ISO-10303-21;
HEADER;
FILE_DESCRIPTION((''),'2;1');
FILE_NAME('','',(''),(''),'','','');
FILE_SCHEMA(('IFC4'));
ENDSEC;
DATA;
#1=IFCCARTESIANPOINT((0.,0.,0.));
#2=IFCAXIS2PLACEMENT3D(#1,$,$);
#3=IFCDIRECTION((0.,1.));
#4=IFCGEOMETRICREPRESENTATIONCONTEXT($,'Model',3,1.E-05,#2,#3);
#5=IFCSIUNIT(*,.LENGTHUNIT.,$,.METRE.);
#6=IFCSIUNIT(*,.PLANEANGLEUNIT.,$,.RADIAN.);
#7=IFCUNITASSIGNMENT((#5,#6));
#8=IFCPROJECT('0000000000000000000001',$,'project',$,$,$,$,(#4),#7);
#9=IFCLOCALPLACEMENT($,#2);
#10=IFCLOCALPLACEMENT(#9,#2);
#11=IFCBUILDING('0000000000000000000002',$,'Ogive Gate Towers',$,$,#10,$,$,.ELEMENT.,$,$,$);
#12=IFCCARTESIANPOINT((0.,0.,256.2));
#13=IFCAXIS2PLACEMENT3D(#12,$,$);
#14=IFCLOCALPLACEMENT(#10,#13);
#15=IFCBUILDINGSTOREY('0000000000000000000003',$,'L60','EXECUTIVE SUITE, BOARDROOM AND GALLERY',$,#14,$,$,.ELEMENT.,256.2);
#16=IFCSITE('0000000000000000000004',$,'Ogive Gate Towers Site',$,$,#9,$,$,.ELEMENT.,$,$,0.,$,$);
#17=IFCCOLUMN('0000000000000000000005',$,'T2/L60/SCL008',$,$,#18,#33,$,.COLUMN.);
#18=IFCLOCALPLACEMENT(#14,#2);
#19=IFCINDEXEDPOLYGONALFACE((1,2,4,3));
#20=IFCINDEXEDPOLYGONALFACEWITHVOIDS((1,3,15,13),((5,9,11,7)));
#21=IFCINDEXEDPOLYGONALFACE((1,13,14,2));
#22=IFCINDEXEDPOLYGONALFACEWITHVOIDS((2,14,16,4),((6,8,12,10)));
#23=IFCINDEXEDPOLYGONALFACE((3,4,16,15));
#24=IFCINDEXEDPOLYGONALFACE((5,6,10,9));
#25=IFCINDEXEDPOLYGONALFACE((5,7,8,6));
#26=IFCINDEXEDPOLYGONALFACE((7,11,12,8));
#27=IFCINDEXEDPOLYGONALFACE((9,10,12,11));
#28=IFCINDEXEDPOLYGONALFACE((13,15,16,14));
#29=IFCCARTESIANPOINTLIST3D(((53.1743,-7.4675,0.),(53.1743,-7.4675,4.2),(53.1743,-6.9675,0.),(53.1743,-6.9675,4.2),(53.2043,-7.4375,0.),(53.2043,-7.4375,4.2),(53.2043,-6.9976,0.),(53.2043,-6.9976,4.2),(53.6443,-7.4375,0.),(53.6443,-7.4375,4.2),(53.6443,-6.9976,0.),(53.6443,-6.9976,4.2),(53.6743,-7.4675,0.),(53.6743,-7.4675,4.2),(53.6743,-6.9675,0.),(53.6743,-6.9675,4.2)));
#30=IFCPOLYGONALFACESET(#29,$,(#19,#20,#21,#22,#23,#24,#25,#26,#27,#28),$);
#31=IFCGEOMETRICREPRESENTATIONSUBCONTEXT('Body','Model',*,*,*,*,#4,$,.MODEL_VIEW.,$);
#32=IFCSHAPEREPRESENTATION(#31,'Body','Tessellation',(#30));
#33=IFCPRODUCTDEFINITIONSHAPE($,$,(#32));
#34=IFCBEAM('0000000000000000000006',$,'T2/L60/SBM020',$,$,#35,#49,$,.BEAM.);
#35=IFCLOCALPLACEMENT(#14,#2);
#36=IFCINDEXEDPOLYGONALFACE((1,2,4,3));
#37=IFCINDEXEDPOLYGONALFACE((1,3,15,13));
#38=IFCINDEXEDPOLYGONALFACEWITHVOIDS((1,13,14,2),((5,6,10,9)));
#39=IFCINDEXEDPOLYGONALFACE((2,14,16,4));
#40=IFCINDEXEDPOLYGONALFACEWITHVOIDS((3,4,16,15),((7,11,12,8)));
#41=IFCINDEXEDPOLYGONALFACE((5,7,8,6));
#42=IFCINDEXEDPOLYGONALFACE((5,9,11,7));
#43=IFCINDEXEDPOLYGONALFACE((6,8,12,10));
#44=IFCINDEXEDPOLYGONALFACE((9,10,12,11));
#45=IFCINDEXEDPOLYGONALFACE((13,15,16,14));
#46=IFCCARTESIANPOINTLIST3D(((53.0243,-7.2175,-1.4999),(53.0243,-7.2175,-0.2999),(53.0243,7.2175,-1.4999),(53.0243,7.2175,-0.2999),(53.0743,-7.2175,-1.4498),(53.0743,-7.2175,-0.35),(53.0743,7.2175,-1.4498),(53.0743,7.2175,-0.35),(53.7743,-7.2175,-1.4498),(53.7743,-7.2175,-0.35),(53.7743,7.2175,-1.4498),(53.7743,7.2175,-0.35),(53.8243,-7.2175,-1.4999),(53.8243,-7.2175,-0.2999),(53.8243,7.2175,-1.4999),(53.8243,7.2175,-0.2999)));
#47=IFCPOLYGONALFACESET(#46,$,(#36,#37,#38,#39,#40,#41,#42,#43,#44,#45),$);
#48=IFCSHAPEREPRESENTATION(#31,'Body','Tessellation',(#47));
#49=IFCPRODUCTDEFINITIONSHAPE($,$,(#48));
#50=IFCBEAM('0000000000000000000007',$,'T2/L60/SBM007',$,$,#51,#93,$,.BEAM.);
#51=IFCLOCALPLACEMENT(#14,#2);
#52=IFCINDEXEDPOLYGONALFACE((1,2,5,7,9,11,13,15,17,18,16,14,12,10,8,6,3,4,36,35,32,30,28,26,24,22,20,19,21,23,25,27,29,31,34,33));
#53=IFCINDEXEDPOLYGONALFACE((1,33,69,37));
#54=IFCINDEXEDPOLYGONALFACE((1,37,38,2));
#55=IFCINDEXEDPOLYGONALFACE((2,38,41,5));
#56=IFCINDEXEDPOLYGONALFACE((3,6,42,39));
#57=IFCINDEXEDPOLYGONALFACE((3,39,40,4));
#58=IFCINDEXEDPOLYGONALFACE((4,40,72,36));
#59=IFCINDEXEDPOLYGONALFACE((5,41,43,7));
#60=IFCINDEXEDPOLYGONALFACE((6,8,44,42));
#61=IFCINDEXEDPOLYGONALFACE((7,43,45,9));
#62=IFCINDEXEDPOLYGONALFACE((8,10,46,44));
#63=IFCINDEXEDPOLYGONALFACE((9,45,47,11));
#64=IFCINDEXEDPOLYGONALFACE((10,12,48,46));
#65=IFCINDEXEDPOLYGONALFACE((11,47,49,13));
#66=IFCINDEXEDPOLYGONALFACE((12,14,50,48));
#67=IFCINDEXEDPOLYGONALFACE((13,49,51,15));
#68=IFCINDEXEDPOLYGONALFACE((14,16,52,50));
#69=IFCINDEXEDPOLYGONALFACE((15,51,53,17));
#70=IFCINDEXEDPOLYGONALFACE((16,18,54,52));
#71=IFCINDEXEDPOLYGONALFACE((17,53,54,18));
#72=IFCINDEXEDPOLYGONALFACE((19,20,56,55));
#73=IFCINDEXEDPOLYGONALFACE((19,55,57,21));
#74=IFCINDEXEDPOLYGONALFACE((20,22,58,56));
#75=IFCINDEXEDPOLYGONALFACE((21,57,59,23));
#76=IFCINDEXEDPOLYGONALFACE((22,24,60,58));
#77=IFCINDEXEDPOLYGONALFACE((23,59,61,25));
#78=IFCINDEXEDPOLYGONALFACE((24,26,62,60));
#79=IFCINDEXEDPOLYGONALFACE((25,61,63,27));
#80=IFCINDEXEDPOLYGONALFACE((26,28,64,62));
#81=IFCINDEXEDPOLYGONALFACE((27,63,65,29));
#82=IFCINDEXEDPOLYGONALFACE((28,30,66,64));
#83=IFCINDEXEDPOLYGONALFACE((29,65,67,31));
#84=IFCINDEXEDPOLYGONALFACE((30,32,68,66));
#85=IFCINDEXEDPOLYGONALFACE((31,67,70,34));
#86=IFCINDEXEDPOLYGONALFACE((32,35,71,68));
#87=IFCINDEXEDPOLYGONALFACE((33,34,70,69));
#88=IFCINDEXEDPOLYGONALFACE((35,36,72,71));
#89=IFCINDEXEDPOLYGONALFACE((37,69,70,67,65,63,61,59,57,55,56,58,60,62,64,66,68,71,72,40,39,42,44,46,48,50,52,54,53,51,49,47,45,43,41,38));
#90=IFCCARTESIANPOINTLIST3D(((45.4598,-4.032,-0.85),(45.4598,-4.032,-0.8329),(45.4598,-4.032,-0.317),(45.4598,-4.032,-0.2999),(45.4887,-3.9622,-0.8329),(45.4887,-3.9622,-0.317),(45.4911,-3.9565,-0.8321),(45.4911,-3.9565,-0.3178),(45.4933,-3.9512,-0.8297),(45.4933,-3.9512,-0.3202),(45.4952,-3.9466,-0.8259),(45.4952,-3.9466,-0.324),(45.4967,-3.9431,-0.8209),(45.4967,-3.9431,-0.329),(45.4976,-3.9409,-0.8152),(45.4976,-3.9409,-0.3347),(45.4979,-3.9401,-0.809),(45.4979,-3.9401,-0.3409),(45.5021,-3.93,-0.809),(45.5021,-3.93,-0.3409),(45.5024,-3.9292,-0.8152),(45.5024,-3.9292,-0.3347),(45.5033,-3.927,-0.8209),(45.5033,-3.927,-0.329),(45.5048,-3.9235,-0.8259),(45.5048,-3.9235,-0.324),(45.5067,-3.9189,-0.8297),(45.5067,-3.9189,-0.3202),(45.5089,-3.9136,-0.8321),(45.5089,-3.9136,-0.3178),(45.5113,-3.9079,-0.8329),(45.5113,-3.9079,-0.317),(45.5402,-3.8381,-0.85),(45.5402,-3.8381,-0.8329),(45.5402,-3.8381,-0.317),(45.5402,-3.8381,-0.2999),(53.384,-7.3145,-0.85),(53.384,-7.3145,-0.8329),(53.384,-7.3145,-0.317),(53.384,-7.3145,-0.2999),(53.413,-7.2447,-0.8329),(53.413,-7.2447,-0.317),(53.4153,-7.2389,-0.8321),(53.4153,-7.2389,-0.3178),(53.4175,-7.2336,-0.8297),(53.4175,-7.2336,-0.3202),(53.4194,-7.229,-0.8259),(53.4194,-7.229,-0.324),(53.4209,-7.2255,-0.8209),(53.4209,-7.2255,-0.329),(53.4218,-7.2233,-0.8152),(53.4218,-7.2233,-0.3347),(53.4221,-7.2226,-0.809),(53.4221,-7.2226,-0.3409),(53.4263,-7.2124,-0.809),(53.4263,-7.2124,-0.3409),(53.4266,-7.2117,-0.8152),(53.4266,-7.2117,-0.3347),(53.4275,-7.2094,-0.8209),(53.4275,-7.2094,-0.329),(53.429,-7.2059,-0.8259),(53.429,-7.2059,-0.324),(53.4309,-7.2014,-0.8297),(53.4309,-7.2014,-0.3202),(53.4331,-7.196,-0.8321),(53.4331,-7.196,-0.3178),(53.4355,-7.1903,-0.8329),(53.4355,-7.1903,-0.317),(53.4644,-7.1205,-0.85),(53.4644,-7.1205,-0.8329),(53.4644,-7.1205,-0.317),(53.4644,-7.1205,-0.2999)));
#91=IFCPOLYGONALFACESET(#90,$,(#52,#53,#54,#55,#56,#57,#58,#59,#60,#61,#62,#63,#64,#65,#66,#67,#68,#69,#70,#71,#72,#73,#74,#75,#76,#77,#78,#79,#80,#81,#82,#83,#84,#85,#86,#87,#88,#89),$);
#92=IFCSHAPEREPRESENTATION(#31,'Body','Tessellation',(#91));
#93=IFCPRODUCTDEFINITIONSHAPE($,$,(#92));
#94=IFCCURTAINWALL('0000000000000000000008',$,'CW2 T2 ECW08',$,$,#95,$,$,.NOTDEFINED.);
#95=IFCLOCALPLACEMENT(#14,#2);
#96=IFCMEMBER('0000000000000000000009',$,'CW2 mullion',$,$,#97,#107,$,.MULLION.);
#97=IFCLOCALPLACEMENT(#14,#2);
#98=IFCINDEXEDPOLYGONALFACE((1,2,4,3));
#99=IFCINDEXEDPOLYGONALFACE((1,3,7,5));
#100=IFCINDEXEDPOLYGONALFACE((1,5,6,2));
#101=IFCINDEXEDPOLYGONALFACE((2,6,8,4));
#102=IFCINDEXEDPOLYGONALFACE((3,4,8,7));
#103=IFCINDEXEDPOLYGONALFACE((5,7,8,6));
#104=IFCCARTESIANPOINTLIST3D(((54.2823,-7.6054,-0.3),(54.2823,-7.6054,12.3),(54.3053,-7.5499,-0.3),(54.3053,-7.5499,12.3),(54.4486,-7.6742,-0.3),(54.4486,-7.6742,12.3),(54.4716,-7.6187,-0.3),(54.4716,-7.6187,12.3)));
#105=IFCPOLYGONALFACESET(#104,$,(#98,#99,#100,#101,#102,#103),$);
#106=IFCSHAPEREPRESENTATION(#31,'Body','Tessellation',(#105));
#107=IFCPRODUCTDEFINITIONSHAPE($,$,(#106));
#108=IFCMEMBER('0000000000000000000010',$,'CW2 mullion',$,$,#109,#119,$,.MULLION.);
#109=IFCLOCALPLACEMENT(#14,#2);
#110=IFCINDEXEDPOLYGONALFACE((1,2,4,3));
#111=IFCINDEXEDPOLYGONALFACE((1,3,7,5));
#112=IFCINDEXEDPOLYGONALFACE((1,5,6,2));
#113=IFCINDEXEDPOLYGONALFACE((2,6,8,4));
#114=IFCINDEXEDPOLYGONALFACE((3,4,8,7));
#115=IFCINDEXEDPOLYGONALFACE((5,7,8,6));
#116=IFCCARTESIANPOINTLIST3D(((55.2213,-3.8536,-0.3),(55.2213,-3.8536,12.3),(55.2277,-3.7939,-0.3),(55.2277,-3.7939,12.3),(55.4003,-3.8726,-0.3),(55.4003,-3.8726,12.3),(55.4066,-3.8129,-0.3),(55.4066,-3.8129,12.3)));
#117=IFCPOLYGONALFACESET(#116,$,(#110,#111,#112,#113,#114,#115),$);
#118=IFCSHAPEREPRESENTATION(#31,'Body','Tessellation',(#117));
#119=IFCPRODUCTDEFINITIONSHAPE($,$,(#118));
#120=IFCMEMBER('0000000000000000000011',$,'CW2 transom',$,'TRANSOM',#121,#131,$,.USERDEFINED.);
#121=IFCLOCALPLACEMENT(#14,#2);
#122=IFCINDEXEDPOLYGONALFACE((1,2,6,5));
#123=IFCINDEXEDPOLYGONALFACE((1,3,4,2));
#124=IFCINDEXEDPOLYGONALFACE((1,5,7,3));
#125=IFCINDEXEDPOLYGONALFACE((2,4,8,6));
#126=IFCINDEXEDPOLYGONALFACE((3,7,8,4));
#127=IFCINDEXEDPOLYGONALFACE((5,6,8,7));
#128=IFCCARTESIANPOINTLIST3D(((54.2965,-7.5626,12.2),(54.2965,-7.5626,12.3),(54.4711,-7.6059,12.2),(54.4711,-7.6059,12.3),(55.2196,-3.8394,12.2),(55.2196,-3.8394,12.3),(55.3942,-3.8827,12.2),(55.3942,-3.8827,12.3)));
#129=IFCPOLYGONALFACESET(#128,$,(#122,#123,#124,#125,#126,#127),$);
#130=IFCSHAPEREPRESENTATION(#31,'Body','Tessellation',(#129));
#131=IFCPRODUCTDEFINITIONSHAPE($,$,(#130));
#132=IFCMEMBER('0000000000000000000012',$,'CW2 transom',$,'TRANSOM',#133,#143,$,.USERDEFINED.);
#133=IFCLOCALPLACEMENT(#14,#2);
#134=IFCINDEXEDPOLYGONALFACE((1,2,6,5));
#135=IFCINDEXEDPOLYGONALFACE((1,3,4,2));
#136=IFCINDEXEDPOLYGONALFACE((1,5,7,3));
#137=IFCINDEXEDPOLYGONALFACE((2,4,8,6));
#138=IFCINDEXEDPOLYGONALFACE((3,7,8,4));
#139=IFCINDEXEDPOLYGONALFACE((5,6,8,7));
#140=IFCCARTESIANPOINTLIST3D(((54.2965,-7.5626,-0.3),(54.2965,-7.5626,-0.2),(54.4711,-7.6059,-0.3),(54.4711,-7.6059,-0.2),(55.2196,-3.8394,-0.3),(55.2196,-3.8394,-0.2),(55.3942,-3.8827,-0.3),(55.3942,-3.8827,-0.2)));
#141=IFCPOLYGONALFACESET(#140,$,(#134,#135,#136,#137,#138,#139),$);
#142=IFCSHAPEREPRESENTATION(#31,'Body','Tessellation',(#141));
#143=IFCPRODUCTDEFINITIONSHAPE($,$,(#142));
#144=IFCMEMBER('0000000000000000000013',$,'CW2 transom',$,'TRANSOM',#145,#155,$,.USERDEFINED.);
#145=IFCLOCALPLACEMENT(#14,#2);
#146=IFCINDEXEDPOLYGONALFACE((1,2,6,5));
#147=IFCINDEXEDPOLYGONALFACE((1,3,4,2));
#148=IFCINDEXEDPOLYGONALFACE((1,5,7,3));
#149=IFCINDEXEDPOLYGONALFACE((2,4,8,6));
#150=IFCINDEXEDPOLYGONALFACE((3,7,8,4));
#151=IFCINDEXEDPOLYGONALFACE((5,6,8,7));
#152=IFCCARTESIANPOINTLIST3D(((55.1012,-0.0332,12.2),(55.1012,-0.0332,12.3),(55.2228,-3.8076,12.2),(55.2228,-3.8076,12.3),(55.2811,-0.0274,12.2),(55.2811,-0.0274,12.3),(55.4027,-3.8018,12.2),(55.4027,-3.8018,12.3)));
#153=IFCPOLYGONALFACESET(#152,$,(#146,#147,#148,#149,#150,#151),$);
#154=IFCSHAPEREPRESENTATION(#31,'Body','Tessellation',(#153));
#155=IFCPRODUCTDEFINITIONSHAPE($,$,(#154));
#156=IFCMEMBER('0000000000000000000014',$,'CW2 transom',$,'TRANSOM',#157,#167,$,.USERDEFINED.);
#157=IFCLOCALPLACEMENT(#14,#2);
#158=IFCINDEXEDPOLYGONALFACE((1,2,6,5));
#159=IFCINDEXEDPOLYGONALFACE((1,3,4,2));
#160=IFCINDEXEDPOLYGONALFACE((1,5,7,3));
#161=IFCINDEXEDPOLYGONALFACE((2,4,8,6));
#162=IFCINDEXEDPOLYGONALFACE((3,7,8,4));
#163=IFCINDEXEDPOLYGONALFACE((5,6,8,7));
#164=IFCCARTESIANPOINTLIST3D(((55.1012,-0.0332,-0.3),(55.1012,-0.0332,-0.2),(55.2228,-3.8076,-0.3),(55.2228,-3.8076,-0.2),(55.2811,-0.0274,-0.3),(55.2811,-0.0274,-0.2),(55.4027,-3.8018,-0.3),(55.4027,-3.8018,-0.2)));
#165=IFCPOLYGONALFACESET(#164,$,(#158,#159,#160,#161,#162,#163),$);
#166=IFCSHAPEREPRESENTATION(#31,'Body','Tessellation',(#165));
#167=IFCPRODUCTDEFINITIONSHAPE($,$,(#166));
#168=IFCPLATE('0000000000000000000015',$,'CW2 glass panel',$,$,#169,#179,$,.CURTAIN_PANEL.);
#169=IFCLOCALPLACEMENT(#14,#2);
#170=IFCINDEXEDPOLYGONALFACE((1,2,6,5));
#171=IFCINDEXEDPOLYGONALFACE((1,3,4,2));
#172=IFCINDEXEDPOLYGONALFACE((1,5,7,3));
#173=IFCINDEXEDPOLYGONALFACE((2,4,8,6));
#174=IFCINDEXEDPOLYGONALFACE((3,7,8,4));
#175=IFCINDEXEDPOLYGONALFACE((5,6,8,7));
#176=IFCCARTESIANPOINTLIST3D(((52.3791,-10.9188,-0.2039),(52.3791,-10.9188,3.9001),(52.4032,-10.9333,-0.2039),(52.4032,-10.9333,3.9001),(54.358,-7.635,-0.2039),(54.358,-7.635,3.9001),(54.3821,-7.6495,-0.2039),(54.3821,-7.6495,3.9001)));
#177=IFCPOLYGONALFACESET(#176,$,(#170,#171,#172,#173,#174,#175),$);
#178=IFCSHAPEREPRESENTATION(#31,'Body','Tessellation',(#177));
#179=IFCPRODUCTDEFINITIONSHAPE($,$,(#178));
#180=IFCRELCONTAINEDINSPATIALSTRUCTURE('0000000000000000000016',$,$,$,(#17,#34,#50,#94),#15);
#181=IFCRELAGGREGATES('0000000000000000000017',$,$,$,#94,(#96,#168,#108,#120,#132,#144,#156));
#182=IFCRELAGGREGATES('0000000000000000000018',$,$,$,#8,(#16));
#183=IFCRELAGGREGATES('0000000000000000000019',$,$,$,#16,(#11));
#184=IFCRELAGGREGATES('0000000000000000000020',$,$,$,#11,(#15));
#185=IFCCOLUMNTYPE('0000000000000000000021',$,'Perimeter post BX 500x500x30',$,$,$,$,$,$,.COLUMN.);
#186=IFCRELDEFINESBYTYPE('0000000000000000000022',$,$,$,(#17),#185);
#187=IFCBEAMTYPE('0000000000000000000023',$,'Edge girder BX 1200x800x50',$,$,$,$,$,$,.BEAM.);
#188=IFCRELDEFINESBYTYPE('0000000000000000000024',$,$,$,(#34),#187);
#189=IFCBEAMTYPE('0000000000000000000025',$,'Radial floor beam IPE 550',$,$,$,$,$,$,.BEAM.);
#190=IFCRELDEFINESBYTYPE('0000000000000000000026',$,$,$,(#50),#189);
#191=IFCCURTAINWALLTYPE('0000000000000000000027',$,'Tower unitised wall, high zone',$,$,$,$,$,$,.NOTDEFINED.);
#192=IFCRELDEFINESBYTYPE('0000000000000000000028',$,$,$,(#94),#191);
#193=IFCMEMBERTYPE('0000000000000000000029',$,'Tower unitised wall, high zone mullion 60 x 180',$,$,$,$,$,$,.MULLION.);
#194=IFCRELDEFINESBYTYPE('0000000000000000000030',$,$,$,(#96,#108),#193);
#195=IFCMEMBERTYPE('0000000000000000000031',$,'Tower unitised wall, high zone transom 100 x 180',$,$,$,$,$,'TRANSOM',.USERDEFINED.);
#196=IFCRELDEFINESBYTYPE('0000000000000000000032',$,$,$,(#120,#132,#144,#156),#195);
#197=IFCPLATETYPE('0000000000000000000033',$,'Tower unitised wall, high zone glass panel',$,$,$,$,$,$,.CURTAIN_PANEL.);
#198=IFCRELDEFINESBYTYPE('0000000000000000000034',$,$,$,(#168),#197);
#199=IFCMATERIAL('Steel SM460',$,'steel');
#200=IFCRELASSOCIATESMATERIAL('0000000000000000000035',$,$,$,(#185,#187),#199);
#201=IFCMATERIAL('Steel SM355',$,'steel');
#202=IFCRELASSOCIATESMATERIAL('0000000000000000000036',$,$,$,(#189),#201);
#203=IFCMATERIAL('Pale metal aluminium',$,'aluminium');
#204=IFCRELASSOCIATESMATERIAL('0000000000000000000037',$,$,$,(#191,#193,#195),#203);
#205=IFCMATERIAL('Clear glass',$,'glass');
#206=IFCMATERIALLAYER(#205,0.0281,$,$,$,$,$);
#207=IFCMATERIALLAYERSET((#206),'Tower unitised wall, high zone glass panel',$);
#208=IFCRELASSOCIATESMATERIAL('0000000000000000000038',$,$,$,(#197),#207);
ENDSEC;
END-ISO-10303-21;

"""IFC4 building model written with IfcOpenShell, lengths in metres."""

from ifc_helpers import new_model, si_unit, direction, frame, origin, origin_2d, place, context, subcontext, project, spatial, rectangle, hollow_rectangle, i_section, extrude, material, layer, layer_set, material_profile, profile_set, type_object, element, aggregate, save


model = new_model("IFC4")

# Units and contexts
model_context = context("Model", 3, precision=1e-05, world=origin(), true_north=direction((0.0, 1.0)))
body_context = subcontext(model_context, "Body", "Model", "MODEL_VIEW")
ifc_project = project(units=[si_unit("LENGTHUNIT", "METRE"), si_unit("PLANEANGLEUNIT", "RADIAN")], contexts=[model_context])

# Site, building, storey
site_placement = place(None, origin())
site = spatial("IfcSite", under=ifc_project, at=site_placement, Name="Ogive Gate Towers Site", CompositionType="ELEMENT", RefElevation=0.0)
building_placement = place(site_placement, origin())
building = spatial("IfcBuilding", under=site, at=building_placement, Name="Ogive Gate Towers", CompositionType="ELEMENT")
storey_placement = place(building_placement, frame((0.0, 0.0, 256.2)))
storey = spatial("IfcBuildingStorey", under=building, at=storey_placement, Name="L60", Description="EXECUTIVE SUITE, BOARDROOM AND GALLERY", CompositionType="ELEMENT", Elevation=256.2)

# Column
ifc_material_1 = material(Name="Steel SM460", Category="steel")
ifc_material_profile_1 = material_profile(ifc_material_1, hollow_rectangle(XDim=0.5, YDim=0.5, WallThickness=0.03, at=origin_2d()), Name="BX 500x500x30")
ifc_profile_set_1 = profile_set([ifc_material_profile_1], Name="Steel SM460")
column_type = type_object("IfcColumnType", Name="Perimeter post BX 500x500x30", PredefinedType="COLUMN", material=ifc_profile_set_1)
column_placement = place(storey_placement, frame((53.4243, -7.2175, 0.0), z_axis=(0.0, 0.0, 1.0), x_axis=(1.0, 0.0, 0.0)))
element("IfcColumn", 1, at=column_placement, inside=storey, type_object=column_type, Name="T2/L60/SCL008", PredefinedType="COLUMN", context=body_context, shape_type="SweptSolid", body=[
    extrude(hollow_rectangle(XDim=0.5, YDim=0.5, WallThickness=0.03, at=origin_2d()), origin(), (0.0, 0.0, 1.0), 4.2),
])

# Beams
ifc_material_profile_2 = material_profile(ifc_material_1, hollow_rectangle(XDim=0.8, YDim=1.2, WallThickness=0.05, at=origin_2d()), Name="BX 1200x800x50")
ifc_profile_set_2 = profile_set([ifc_material_profile_2], Name="Steel SM460")
beam_type_1 = type_object("IfcBeamType", Name="Edge girder BX 1200x800x50", PredefinedType="BEAM", material=ifc_profile_set_2)
beam_1_placement = place(storey_placement, frame((53.4243, -7.2175, -0.8999), z_axis=(0.0, 1.0, 0.0), x_axis=(-1.0, 0.0, 0.0)))
element("IfcBeam", 2, at=beam_1_placement, inside=storey, type_object=beam_type_1, Name="T2/L60/SBM020", PredefinedType="BEAM", context=body_context, shape_type="SweptSolid", body=[
    extrude(hollow_rectangle(XDim=0.8, YDim=1.2, WallThickness=0.05, at=origin_2d()), origin(), (0.0, 0.0, 1.0), 14.4351),
])
ifc_material_2 = material(Name="Steel SM355", Category="steel")
ifc_material_profile_3 = material_profile(ifc_material_2, i_section(OverallWidth=0.21, OverallDepth=0.55, WebThickness=0.011, FlangeThickness=0.0171, FilletRadius=0.0239, at=origin_2d()), Name="IPE 550")
ifc_profile_set_3 = profile_set([ifc_material_profile_3], Name="Steel SM355")
beam_type_2 = type_object("IfcBeamType", Name="Radial floor beam IPE 550", PredefinedType="BEAM", material=ifc_profile_set_3)
beam_2_placement = place(storey_placement, frame((45.5, -3.9351, -0.575), z_axis=(0.923875, -0.382695, 0.0), x_axis=(0.382695, 0.923875, 0.0)))
element("IfcBeam", 3, at=beam_2_placement, inside=storey, type_object=beam_type_2, Name="T2/L60/SBM007", PredefinedType="BEAM", context=body_context, shape_type="SweptSolid", body=[
    extrude(i_section(OverallWidth=0.21, OverallDepth=0.55, WebThickness=0.011, FlangeThickness=0.0171, FilletRadius=0.0239, at=origin_2d()), origin(), (0.0, 0.0, 1.0), 8.5771),
])

# Curtain wall, members, plate
ifc_material_3 = material(Name="Pale metal aluminium", Category="aluminium")
curtain_wall_type = type_object("IfcCurtainWallType", Name="Tower unitised wall, high zone", PredefinedType="NOTDEFINED", material=ifc_material_3)
curtain_wall_placement = place(storey_placement, origin())
curtain_wall = element("IfcCurtainWall", 4, at=curtain_wall_placement, inside=storey, type_object=curtain_wall_type, Name="CW2 T2 ECW08", PredefinedType="NOTDEFINED")
ifc_material_profile_4 = material_profile(ifc_material_3, rectangle(XDim=0.1799, YDim=0.0601, at=origin_2d()), Name="60 x 180 aluminium box")
ifc_profile_set_4 = profile_set([ifc_material_profile_4], Name="Pale metal aluminium")
member_type_1 = type_object("IfcMemberType", Name="Tower unitised wall, high zone mullion 60 x 180", PredefinedType="MULLION", material=ifc_profile_set_4)
member_1_placement = place(storey_placement, frame((54.377, -7.6121, -0.3), z_axis=(0.0, 0.0, 1.0), x_axis=(0.92388, -0.382683, 0.0)))
member_1 = element("IfcMember", 5, at=member_1_placement, type_object=member_type_1, Name="CW2 mullion", PredefinedType="MULLION", context=body_context, shape_type="SweptSolid", body=[
    extrude(rectangle(XDim=0.1799, YDim=0.0601, at=origin_2d()), origin(), (0.0, 0.0, 1.0), 12.6001),
])
member_2_placement = place(storey_placement, frame((55.314, -3.8333, -0.3), z_axis=(0.0, 0.0, 1.0), x_axis=(0.994451, -0.105205, 0.0)))
member_2 = element("IfcMember", 6, at=member_2_placement, type_object=member_type_1, Name="CW2 mullion", PredefinedType="MULLION", context=body_context, shape_type="SweptSolid", body=[
    extrude(rectangle(XDim=0.1799, YDim=0.0601, at=origin_2d()), origin(), (0.0, 0.0, 1.0), 12.6001),
])
ifc_material_profile_5 = material_profile(ifc_material_3, rectangle(XDim=0.1799, YDim=0.1001, at=origin_2d()), Name="100 x 180 aluminium box")
ifc_profile_set_5 = profile_set([ifc_material_profile_5], Name="Pale metal aluminium")
member_type_2 = type_object("IfcMemberType", Name="Tower unitised wall, high zone transom 100 x 180", ElementType="TRANSOM", PredefinedType="USERDEFINED", material=ifc_profile_set_5)
member_3_placement = place(storey_placement, frame((54.3838, -7.5842, 12.25), z_axis=(0.240648, 0.970612, 0.0), x_axis=(-0.970612, 0.240648, 0.0)))
member_3 = element("IfcMember", 7, at=member_3_placement, type_object=member_type_2, Name="CW2 transom", ObjectType="TRANSOM", PredefinedType="USERDEFINED", context=body_context, shape_type="SweptSolid", body=[
    extrude(rectangle(XDim=0.1799, YDim=0.1001, at=origin_2d()), origin(), (0.0, 0.0, 1.0), 3.8359),
])
member_4_placement = place(storey_placement, frame((54.3838, -7.5842, -0.25), z_axis=(0.240648, 0.970612, 0.0), x_axis=(-0.970612, 0.240648, 0.0)))
member_4 = element("IfcMember", 8, at=member_4_placement, type_object=member_type_2, Name="CW2 transom", ObjectType="TRANSOM", PredefinedType="USERDEFINED", context=body_context, shape_type="SweptSolid", body=[
    extrude(rectangle(XDim=0.1799, YDim=0.1001, at=origin_2d()), origin(), (0.0, 0.0, 1.0), 3.8359),
])
member_5_placement = place(storey_placement, frame((55.3127, -3.8047, 12.25), z_axis=(-0.032195, 0.999482, 0.0), x_axis=(-0.999482, -0.032195, 0.0)))
member_5 = element("IfcMember", 9, at=member_5_placement, type_object=member_type_2, Name="CW2 transom", ObjectType="TRANSOM", PredefinedType="USERDEFINED", context=body_context, shape_type="SweptSolid", body=[
    extrude(rectangle(XDim=0.1799, YDim=0.1001, at=origin_2d()), origin(), (0.0, 0.0, 1.0), 3.7764),
])
member_6_placement = place(storey_placement, frame((55.3127, -3.8047, -0.25), z_axis=(-0.032195, 0.999482, 0.0), x_axis=(-0.999482, -0.032195, 0.0)))
member_6 = element("IfcMember", 10, at=member_6_placement, type_object=member_type_2, Name="CW2 transom", ObjectType="TRANSOM", PredefinedType="USERDEFINED", context=body_context, shape_type="SweptSolid", body=[
    extrude(rectangle(XDim=0.1799, YDim=0.1001, at=origin_2d()), origin(), (0.0, 0.0, 1.0), 3.7764),
])
ifc_material_4 = material(Name="Clear glass", Category="glass")
ifc_layer_1 = layer(ifc_material_4, 0.0281)
ifc_layer_set_1 = layer_set([ifc_layer_1], Name="Tower unitised wall, high zone glass panel")
plate_type = type_object("IfcPlateType", Name="Tower unitised wall, high zone glass panel", PredefinedType="CURTAIN_PANEL", material=ifc_layer_set_1)
plate_1_placement = place(storey_placement, frame((53.3806, -9.2842, -0.2039), z_axis=(0.0, 0.0, 1.0), x_axis=(0.516145, 0.856501, 0.0)))
plate_1 = element("IfcPlate", 11, at=plate_1_placement, type_object=plate_type, Name="CW2 glass panel", PredefinedType="CURTAIN_PANEL", context=body_context, shape_type="SweptSolid", body=[
    extrude(rectangle(XDim=3.834, YDim=0.0281, at=origin_2d()), origin(), (0.0, 0.0, 1.0), 4.104),
])
aggregate(curtain_wall, [member_1, plate_1, member_2, member_3, member_4, member_5, member_6])

save(model, "model.ifc")
